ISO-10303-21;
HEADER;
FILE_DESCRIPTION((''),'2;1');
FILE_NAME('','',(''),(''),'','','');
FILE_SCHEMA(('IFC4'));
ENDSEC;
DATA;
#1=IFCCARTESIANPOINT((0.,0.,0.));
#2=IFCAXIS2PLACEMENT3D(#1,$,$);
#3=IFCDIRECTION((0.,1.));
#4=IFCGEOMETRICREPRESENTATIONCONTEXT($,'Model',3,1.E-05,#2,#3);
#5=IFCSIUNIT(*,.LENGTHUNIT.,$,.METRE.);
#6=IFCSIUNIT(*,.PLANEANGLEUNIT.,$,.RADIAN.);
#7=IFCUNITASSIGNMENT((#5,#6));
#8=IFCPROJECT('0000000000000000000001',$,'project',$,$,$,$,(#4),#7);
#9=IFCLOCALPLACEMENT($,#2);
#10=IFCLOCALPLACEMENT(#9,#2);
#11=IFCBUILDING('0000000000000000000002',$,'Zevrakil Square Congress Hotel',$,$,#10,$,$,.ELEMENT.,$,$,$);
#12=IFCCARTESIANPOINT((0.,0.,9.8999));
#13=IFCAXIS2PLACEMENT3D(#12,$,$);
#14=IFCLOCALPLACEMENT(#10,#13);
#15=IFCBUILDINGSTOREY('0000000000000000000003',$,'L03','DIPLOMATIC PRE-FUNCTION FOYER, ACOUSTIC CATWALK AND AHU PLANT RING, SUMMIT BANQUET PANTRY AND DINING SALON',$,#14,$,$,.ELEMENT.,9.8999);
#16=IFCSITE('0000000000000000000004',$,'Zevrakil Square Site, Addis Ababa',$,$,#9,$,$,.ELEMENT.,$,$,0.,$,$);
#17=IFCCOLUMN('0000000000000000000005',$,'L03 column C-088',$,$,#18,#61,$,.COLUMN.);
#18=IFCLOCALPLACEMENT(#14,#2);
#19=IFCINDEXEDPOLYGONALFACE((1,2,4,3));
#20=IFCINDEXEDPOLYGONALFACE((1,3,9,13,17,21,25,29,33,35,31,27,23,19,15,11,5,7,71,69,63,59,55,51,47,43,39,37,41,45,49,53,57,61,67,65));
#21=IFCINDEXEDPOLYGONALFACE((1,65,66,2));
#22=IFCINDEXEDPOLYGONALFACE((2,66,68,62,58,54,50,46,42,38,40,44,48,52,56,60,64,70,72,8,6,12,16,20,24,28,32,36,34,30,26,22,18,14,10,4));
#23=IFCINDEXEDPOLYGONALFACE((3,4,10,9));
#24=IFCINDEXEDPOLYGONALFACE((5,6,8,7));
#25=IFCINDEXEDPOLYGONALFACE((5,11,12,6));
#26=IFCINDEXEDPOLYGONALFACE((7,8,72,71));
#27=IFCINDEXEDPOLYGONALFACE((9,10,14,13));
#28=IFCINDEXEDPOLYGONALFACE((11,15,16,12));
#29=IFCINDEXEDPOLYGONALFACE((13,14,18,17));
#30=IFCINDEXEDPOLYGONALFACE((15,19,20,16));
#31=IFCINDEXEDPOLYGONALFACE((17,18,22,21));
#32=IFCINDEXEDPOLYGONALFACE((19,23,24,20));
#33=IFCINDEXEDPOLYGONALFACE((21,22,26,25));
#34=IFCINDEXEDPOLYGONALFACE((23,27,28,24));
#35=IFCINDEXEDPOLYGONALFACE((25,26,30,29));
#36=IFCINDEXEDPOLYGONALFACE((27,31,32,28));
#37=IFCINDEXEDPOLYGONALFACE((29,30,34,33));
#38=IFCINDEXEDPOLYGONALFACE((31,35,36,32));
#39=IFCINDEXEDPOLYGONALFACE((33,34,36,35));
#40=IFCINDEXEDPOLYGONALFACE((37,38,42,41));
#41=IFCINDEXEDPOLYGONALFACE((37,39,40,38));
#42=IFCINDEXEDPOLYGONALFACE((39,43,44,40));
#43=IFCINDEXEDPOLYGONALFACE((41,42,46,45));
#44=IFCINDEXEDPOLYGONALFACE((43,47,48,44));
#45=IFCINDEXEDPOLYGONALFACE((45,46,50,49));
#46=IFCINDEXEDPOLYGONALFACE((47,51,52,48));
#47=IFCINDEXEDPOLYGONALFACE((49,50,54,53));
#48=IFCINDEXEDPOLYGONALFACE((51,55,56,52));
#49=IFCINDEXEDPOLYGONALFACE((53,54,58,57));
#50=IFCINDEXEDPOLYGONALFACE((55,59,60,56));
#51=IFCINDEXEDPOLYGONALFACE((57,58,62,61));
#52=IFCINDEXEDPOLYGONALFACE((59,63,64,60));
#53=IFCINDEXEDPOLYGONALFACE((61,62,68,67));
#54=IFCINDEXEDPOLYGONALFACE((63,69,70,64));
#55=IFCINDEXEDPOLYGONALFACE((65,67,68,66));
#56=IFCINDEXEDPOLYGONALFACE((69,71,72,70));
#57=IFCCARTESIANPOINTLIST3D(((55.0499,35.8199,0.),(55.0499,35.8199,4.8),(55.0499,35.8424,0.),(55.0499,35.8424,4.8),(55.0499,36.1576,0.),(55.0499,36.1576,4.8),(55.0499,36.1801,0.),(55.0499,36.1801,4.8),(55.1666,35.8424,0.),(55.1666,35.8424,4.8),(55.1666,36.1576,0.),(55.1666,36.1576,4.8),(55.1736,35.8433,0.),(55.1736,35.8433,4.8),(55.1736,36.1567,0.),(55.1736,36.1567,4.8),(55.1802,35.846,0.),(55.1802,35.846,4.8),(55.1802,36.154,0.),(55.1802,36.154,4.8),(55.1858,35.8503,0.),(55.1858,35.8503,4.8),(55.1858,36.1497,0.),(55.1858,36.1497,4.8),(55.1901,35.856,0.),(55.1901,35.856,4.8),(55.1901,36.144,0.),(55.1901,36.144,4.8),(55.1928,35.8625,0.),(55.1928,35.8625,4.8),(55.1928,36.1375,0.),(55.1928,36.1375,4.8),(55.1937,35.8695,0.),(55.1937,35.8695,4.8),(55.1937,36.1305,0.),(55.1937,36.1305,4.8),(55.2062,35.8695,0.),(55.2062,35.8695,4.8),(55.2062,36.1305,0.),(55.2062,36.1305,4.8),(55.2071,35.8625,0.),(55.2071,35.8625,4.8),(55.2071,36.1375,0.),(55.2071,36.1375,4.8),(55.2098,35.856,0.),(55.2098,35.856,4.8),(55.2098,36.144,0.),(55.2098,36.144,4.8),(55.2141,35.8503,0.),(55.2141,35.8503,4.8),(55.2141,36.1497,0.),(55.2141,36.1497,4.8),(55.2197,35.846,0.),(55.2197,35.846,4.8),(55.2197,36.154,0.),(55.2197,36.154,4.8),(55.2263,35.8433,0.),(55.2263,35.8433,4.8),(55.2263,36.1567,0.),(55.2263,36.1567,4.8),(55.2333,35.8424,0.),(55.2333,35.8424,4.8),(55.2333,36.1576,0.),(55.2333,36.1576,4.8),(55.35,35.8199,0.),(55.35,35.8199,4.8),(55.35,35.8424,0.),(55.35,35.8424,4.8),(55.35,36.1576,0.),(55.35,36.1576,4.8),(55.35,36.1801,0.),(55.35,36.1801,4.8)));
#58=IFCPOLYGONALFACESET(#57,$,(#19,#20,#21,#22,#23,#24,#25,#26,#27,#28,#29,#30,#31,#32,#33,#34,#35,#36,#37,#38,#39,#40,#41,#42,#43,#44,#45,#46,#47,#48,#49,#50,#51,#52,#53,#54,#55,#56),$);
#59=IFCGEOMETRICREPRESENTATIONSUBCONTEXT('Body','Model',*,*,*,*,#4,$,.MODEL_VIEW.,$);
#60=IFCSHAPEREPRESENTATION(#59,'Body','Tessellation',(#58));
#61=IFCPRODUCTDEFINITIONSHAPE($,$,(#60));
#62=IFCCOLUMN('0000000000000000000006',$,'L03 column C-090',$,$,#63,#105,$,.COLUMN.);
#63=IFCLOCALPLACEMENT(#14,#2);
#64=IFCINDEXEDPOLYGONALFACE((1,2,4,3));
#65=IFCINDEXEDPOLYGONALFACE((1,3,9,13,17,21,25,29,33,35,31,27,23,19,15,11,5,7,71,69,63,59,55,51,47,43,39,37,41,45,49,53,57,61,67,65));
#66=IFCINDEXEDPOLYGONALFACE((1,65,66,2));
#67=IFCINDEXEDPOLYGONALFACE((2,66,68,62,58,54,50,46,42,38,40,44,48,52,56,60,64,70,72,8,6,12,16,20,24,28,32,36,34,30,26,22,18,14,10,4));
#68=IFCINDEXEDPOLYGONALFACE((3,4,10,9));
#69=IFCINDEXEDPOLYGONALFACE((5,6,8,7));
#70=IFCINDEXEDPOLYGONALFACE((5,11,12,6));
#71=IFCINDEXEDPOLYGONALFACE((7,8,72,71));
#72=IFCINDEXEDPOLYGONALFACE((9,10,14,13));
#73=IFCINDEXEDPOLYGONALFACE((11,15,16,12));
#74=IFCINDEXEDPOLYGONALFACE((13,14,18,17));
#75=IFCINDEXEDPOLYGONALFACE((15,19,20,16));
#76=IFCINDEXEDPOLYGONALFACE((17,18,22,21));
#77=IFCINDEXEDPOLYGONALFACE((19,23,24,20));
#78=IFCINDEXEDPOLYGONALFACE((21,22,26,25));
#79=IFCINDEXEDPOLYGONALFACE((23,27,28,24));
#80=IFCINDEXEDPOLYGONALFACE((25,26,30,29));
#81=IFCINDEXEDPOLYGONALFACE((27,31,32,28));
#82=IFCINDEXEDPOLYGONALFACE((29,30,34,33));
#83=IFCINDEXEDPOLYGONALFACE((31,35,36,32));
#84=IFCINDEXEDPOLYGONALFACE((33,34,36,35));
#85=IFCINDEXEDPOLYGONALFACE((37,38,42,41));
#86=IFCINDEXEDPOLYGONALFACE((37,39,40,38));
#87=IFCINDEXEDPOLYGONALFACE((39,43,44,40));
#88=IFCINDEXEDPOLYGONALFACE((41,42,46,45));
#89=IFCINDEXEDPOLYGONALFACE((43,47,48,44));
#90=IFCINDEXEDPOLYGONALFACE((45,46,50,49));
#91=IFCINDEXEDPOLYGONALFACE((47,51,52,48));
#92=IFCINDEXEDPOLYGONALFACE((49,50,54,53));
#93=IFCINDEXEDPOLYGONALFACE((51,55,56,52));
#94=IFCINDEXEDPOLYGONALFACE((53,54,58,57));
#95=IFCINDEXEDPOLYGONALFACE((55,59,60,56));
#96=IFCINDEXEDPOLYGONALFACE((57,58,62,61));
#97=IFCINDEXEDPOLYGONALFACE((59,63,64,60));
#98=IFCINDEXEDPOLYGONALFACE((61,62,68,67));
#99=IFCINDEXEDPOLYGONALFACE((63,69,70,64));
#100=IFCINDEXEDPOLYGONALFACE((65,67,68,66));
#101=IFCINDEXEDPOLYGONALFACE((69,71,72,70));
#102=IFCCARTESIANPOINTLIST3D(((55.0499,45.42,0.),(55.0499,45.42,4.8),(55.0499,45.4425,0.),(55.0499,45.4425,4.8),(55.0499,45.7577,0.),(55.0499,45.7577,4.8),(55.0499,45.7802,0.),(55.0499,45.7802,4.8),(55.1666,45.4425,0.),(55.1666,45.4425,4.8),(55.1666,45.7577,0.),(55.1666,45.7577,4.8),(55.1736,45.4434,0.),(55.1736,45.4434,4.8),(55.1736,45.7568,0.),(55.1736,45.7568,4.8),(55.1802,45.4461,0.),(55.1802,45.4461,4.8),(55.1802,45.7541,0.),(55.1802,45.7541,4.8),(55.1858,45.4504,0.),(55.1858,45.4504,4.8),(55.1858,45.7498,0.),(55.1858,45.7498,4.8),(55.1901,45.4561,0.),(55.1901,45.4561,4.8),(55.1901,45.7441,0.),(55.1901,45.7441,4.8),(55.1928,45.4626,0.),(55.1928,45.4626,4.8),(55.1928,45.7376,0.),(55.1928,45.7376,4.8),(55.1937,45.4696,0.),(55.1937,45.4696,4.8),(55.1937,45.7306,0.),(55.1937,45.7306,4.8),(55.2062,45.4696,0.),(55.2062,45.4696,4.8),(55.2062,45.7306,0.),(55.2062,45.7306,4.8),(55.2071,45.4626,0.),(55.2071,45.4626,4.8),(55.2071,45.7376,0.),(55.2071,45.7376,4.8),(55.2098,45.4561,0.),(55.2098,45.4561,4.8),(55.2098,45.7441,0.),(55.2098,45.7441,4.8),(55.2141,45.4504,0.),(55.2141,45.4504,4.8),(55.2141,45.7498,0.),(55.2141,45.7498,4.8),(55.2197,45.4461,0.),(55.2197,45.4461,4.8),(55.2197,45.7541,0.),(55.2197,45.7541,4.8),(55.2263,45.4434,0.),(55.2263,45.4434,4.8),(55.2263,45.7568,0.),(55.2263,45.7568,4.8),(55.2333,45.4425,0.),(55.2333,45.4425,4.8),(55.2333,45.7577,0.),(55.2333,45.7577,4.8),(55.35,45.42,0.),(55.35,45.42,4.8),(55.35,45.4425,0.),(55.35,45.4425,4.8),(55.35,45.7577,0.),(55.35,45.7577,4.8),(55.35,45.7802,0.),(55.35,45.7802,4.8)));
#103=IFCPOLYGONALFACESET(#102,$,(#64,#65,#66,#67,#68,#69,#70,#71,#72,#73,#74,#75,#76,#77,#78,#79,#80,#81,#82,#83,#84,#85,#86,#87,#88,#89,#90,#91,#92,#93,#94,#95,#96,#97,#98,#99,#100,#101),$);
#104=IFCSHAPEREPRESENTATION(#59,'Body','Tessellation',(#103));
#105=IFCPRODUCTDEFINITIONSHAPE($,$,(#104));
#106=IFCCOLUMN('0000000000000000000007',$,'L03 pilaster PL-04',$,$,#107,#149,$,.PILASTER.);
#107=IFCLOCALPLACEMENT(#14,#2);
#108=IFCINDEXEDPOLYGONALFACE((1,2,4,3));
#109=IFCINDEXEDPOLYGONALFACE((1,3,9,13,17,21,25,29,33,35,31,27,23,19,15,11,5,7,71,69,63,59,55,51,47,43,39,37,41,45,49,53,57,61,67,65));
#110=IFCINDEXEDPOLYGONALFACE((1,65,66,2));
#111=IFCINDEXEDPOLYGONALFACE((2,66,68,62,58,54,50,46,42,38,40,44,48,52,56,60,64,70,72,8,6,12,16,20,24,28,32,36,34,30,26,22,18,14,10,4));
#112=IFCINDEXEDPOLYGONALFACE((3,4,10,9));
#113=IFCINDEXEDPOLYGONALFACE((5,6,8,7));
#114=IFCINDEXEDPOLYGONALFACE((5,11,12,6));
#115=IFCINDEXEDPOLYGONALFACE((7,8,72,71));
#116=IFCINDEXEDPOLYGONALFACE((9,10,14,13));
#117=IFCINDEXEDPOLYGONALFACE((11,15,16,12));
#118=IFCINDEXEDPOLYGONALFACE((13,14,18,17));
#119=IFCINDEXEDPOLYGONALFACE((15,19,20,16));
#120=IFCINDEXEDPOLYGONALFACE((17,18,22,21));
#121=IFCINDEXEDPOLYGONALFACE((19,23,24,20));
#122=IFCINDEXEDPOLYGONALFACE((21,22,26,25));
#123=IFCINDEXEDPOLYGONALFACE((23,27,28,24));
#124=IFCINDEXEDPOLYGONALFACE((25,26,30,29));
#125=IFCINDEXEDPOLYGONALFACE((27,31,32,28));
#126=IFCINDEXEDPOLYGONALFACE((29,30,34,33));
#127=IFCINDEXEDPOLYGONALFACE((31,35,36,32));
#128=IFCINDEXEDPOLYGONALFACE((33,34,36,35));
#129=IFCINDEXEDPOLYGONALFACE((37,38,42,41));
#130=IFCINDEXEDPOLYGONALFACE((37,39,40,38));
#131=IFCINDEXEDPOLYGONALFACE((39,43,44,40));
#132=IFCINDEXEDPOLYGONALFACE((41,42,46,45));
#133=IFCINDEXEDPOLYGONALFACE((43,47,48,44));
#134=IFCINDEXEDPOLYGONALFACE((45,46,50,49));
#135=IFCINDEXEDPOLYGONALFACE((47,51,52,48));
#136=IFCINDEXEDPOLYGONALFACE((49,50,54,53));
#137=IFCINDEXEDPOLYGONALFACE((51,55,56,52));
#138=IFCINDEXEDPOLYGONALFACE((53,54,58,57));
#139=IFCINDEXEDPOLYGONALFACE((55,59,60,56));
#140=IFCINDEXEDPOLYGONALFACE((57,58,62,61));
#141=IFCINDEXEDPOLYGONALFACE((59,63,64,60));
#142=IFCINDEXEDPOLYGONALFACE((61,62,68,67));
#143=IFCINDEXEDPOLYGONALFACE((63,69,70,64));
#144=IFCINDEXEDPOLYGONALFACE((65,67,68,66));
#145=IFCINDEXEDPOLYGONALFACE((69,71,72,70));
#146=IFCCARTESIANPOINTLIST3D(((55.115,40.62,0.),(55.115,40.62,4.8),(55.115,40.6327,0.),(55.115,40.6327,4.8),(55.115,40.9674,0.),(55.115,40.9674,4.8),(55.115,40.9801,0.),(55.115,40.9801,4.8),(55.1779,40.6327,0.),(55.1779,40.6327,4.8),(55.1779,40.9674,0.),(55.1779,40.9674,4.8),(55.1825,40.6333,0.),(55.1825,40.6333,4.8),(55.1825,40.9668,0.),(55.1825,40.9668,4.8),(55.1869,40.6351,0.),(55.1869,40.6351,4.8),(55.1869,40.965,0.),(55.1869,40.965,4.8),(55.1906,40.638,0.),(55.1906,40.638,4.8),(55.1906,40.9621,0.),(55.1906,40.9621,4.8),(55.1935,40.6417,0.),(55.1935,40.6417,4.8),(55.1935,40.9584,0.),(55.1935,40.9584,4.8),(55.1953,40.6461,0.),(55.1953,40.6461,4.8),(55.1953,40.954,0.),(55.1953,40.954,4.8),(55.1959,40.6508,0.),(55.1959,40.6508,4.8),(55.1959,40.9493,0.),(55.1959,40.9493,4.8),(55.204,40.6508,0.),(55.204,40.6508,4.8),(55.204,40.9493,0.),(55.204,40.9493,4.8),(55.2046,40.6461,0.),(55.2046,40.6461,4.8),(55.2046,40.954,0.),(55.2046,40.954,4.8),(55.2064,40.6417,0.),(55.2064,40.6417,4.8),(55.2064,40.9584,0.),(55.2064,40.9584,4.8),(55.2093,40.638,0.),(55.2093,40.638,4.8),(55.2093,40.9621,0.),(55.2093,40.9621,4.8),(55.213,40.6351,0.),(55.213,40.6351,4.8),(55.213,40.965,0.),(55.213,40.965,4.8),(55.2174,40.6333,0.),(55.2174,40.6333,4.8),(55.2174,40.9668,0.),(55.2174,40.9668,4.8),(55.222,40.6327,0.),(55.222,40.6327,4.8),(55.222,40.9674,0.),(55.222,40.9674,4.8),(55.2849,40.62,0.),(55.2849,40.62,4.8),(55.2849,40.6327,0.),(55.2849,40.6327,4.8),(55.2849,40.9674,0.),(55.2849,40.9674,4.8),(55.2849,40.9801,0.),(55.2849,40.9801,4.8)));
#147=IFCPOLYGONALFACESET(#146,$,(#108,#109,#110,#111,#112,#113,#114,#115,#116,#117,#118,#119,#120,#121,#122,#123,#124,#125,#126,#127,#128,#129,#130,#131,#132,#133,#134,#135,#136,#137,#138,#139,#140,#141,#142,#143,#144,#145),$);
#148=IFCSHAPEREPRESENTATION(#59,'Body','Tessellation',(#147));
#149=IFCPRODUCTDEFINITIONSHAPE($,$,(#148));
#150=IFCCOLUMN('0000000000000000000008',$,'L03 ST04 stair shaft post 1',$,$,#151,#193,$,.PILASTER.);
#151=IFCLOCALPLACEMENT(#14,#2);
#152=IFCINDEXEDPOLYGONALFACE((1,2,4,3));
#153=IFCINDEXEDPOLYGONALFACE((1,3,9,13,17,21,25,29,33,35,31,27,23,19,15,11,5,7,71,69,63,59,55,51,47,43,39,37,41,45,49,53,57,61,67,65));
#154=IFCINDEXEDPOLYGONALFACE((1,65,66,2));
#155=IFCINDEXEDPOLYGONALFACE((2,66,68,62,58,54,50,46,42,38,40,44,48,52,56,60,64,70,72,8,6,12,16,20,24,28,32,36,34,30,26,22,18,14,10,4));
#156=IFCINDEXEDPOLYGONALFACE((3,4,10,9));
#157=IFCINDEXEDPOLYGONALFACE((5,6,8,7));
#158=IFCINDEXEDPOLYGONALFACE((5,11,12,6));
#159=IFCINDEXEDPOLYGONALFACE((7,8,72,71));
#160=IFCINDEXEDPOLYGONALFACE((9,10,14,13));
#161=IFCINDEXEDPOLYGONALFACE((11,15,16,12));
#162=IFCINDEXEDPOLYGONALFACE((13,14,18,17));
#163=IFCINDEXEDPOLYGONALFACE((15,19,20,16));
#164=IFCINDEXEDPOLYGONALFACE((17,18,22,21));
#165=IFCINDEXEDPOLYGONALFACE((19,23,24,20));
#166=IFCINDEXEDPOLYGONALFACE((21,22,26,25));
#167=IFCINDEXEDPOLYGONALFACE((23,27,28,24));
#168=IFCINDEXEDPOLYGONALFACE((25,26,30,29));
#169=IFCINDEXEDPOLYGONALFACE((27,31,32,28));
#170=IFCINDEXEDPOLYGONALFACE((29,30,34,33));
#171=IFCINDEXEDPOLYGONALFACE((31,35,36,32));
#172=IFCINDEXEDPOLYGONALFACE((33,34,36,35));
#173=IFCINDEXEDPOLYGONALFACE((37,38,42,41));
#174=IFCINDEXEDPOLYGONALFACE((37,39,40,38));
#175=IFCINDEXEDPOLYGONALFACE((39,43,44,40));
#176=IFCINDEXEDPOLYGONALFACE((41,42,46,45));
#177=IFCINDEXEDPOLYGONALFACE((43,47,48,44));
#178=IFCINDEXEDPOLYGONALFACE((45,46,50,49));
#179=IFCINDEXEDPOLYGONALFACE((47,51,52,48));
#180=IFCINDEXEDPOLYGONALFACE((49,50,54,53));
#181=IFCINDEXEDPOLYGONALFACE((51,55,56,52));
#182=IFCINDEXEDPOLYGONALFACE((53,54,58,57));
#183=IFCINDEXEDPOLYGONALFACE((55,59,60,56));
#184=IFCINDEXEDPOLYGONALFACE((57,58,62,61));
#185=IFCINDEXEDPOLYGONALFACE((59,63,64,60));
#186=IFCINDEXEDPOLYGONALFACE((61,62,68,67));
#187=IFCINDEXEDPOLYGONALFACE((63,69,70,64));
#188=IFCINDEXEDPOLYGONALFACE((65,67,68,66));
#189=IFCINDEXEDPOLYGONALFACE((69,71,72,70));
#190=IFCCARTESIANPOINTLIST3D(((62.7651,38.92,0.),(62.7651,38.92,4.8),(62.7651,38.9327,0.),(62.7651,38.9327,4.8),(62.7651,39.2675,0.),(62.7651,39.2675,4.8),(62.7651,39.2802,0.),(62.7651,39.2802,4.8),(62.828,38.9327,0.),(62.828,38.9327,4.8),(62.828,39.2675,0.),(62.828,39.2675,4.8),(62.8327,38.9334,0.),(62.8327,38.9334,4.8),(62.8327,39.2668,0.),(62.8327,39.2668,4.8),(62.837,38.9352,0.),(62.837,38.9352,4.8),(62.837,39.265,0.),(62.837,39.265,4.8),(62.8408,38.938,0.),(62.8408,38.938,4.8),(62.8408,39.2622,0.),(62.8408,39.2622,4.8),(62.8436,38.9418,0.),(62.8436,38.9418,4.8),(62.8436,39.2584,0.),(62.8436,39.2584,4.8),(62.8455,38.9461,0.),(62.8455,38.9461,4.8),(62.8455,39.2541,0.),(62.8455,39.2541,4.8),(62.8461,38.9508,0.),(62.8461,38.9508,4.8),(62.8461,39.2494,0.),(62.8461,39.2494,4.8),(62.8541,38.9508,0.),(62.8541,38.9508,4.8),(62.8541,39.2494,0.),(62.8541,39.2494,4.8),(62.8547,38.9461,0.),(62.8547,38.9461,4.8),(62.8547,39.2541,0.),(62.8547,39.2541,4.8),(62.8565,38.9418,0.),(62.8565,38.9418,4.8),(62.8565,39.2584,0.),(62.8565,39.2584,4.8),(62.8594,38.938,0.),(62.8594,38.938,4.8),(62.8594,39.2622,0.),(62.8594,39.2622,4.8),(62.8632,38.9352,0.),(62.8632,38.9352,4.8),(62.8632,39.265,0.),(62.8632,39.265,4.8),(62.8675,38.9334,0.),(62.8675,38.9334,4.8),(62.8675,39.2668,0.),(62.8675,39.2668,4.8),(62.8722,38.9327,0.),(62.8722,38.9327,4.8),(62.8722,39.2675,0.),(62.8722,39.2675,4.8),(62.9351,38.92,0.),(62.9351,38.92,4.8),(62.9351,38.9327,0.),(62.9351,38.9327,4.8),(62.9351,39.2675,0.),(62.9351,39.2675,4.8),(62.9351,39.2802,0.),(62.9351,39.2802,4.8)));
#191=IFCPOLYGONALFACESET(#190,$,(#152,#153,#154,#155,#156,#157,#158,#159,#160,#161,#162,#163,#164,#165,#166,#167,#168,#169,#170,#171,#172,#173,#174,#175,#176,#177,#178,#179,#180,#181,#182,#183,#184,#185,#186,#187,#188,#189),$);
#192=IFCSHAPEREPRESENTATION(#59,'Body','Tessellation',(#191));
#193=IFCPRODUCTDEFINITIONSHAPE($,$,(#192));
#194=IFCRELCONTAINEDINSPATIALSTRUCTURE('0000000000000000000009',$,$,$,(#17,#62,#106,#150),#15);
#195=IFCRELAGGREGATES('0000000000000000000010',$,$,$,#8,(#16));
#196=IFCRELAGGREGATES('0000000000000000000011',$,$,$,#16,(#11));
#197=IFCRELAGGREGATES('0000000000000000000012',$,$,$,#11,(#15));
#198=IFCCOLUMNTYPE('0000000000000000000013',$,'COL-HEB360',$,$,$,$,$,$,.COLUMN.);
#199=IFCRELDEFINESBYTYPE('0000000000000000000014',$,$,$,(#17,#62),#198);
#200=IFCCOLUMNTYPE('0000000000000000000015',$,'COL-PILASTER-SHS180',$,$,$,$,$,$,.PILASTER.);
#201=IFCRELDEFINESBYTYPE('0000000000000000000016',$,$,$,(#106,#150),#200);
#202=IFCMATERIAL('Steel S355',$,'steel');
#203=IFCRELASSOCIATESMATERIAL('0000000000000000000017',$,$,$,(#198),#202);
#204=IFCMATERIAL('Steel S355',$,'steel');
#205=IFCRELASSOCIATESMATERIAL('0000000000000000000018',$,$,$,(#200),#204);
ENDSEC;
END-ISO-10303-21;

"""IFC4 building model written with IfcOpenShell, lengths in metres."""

from ifc_helpers import new_model, si_unit, direction, frame, origin, origin_2d, place, context, subcontext, project, spatial, i_section, extrude, material, material_profile, profile_set, type_object, element, save


model = new_model("IFC4")

# Units and contexts
model_context = context("Model", 3, precision=1e-05, world=origin(), true_north=direction((0.0, 1.0)))
body_context = subcontext(model_context, "Body", "Model", "MODEL_VIEW")
ifc_project = project(units=[si_unit("LENGTHUNIT", "METRE"), si_unit("PLANEANGLEUNIT", "RADIAN")], contexts=[model_context])

# Site, building, storey
site_placement = place(None, origin())
site = spatial("IfcSite", under=ifc_project, at=site_placement, Name="Zevrakil Square Site, Addis Ababa", CompositionType="ELEMENT", RefElevation=0.0)
building_placement = place(site_placement, origin())
building = spatial("IfcBuilding", under=site, at=building_placement, Name="Zevrakil Square Congress Hotel", CompositionType="ELEMENT")
storey_placement = place(building_placement, frame((0.0, 0.0, 9.8999)))
storey = spatial("IfcBuildingStorey", under=building, at=storey_placement, Name="L03", Description="DIPLOMATIC PRE-FUNCTION FOYER, ACOUSTIC CATWALK AND AHU PLANT RING, SUMMIT BANQUET PANTRY AND DINING SALON", CompositionType="ELEMENT", Elevation=9.8999)

# Columns
ifc_material_1 = material(Name="Steel S355", Category="steel")
ifc_material_profile_1 = material_profile(ifc_material_1, i_section(OverallWidth=0.3, OverallDepth=0.3601, WebThickness=0.0125, FlangeThickness=0.0225, FilletRadius=0.0271, at=origin_2d()), Name="HEB 360")
ifc_profile_set_1 = profile_set([ifc_material_profile_1], Name="Steel S355")
column_type_1 = type_object("IfcColumnType", Name="COL-HEB360", PredefinedType="COLUMN", material=ifc_profile_set_1)
for number, where, z_axis, x_axis, name in (
    (1, (55.2, 36.0, 0.0), (0.0, 0.0, 1.0), (1.0, 0.0, 0.0), "L03 column C-088"),
    (2, (55.2, 45.6001, 0.0), (0.0, 0.0, 1.0), (1.0, 0.0, 0.0), "L03 column C-090"),
):
    element("IfcColumn", number, at=place(storey_placement, frame(where, z_axis=z_axis, x_axis=x_axis)), inside=storey, type_object=column_type_1, Name=name, PredefinedType="COLUMN", context=body_context, shape_type="SweptSolid", body=[
        extrude(i_section(OverallWidth=0.3, OverallDepth=0.3601, WebThickness=0.0125, FlangeThickness=0.0225, FilletRadius=0.0271, at=origin_2d()), origin(), (0.0, 0.0, 1.0), 4.8),
    ])
ifc_material_2 = material(Name="Steel S355", Category="steel")
ifc_material_profile_2 = material_profile(ifc_material_2, i_section(OverallWidth=0.1699, OverallDepth=0.3601, WebThickness=0.0081, FlangeThickness=0.0127, FilletRadius=0.0181, at=origin_2d()), Name="IPE 360")
ifc_profile_set_2 = profile_set([ifc_material_profile_2], Name="Steel S355")
column_type_2 = type_object("IfcColumnType", Name="COL-PILASTER-SHS180", PredefinedType="PILASTER", material=ifc_profile_set_2)
for number, where, z_axis, x_axis, name in (
    (3, (55.2, 40.8, 0.0), (0.0, 0.0, 1.0), (1.0, 0.0, 0.0), "L03 pilaster PL-04"),
    (4, (62.8501, 39.1001, 0.0), (0.0, 0.0, 1.0), (1.0, 0.0, 0.0), "L03 ST04 stair shaft post 1"),
):
    element("IfcColumn", number, at=place(storey_placement, frame(where, z_axis=z_axis, x_axis=x_axis)), inside=storey, type_object=column_type_2, Name=name, PredefinedType="PILASTER", context=body_context, shape_type="SweptSolid", body=[
        extrude(i_section(OverallWidth=0.1699, OverallDepth=0.3601, WebThickness=0.0081, FlangeThickness=0.0127, FilletRadius=0.0181, at=origin_2d()), origin(), (0.0, 0.0, 1.0), 4.8),
    ])

save(model, "model.ifc")
